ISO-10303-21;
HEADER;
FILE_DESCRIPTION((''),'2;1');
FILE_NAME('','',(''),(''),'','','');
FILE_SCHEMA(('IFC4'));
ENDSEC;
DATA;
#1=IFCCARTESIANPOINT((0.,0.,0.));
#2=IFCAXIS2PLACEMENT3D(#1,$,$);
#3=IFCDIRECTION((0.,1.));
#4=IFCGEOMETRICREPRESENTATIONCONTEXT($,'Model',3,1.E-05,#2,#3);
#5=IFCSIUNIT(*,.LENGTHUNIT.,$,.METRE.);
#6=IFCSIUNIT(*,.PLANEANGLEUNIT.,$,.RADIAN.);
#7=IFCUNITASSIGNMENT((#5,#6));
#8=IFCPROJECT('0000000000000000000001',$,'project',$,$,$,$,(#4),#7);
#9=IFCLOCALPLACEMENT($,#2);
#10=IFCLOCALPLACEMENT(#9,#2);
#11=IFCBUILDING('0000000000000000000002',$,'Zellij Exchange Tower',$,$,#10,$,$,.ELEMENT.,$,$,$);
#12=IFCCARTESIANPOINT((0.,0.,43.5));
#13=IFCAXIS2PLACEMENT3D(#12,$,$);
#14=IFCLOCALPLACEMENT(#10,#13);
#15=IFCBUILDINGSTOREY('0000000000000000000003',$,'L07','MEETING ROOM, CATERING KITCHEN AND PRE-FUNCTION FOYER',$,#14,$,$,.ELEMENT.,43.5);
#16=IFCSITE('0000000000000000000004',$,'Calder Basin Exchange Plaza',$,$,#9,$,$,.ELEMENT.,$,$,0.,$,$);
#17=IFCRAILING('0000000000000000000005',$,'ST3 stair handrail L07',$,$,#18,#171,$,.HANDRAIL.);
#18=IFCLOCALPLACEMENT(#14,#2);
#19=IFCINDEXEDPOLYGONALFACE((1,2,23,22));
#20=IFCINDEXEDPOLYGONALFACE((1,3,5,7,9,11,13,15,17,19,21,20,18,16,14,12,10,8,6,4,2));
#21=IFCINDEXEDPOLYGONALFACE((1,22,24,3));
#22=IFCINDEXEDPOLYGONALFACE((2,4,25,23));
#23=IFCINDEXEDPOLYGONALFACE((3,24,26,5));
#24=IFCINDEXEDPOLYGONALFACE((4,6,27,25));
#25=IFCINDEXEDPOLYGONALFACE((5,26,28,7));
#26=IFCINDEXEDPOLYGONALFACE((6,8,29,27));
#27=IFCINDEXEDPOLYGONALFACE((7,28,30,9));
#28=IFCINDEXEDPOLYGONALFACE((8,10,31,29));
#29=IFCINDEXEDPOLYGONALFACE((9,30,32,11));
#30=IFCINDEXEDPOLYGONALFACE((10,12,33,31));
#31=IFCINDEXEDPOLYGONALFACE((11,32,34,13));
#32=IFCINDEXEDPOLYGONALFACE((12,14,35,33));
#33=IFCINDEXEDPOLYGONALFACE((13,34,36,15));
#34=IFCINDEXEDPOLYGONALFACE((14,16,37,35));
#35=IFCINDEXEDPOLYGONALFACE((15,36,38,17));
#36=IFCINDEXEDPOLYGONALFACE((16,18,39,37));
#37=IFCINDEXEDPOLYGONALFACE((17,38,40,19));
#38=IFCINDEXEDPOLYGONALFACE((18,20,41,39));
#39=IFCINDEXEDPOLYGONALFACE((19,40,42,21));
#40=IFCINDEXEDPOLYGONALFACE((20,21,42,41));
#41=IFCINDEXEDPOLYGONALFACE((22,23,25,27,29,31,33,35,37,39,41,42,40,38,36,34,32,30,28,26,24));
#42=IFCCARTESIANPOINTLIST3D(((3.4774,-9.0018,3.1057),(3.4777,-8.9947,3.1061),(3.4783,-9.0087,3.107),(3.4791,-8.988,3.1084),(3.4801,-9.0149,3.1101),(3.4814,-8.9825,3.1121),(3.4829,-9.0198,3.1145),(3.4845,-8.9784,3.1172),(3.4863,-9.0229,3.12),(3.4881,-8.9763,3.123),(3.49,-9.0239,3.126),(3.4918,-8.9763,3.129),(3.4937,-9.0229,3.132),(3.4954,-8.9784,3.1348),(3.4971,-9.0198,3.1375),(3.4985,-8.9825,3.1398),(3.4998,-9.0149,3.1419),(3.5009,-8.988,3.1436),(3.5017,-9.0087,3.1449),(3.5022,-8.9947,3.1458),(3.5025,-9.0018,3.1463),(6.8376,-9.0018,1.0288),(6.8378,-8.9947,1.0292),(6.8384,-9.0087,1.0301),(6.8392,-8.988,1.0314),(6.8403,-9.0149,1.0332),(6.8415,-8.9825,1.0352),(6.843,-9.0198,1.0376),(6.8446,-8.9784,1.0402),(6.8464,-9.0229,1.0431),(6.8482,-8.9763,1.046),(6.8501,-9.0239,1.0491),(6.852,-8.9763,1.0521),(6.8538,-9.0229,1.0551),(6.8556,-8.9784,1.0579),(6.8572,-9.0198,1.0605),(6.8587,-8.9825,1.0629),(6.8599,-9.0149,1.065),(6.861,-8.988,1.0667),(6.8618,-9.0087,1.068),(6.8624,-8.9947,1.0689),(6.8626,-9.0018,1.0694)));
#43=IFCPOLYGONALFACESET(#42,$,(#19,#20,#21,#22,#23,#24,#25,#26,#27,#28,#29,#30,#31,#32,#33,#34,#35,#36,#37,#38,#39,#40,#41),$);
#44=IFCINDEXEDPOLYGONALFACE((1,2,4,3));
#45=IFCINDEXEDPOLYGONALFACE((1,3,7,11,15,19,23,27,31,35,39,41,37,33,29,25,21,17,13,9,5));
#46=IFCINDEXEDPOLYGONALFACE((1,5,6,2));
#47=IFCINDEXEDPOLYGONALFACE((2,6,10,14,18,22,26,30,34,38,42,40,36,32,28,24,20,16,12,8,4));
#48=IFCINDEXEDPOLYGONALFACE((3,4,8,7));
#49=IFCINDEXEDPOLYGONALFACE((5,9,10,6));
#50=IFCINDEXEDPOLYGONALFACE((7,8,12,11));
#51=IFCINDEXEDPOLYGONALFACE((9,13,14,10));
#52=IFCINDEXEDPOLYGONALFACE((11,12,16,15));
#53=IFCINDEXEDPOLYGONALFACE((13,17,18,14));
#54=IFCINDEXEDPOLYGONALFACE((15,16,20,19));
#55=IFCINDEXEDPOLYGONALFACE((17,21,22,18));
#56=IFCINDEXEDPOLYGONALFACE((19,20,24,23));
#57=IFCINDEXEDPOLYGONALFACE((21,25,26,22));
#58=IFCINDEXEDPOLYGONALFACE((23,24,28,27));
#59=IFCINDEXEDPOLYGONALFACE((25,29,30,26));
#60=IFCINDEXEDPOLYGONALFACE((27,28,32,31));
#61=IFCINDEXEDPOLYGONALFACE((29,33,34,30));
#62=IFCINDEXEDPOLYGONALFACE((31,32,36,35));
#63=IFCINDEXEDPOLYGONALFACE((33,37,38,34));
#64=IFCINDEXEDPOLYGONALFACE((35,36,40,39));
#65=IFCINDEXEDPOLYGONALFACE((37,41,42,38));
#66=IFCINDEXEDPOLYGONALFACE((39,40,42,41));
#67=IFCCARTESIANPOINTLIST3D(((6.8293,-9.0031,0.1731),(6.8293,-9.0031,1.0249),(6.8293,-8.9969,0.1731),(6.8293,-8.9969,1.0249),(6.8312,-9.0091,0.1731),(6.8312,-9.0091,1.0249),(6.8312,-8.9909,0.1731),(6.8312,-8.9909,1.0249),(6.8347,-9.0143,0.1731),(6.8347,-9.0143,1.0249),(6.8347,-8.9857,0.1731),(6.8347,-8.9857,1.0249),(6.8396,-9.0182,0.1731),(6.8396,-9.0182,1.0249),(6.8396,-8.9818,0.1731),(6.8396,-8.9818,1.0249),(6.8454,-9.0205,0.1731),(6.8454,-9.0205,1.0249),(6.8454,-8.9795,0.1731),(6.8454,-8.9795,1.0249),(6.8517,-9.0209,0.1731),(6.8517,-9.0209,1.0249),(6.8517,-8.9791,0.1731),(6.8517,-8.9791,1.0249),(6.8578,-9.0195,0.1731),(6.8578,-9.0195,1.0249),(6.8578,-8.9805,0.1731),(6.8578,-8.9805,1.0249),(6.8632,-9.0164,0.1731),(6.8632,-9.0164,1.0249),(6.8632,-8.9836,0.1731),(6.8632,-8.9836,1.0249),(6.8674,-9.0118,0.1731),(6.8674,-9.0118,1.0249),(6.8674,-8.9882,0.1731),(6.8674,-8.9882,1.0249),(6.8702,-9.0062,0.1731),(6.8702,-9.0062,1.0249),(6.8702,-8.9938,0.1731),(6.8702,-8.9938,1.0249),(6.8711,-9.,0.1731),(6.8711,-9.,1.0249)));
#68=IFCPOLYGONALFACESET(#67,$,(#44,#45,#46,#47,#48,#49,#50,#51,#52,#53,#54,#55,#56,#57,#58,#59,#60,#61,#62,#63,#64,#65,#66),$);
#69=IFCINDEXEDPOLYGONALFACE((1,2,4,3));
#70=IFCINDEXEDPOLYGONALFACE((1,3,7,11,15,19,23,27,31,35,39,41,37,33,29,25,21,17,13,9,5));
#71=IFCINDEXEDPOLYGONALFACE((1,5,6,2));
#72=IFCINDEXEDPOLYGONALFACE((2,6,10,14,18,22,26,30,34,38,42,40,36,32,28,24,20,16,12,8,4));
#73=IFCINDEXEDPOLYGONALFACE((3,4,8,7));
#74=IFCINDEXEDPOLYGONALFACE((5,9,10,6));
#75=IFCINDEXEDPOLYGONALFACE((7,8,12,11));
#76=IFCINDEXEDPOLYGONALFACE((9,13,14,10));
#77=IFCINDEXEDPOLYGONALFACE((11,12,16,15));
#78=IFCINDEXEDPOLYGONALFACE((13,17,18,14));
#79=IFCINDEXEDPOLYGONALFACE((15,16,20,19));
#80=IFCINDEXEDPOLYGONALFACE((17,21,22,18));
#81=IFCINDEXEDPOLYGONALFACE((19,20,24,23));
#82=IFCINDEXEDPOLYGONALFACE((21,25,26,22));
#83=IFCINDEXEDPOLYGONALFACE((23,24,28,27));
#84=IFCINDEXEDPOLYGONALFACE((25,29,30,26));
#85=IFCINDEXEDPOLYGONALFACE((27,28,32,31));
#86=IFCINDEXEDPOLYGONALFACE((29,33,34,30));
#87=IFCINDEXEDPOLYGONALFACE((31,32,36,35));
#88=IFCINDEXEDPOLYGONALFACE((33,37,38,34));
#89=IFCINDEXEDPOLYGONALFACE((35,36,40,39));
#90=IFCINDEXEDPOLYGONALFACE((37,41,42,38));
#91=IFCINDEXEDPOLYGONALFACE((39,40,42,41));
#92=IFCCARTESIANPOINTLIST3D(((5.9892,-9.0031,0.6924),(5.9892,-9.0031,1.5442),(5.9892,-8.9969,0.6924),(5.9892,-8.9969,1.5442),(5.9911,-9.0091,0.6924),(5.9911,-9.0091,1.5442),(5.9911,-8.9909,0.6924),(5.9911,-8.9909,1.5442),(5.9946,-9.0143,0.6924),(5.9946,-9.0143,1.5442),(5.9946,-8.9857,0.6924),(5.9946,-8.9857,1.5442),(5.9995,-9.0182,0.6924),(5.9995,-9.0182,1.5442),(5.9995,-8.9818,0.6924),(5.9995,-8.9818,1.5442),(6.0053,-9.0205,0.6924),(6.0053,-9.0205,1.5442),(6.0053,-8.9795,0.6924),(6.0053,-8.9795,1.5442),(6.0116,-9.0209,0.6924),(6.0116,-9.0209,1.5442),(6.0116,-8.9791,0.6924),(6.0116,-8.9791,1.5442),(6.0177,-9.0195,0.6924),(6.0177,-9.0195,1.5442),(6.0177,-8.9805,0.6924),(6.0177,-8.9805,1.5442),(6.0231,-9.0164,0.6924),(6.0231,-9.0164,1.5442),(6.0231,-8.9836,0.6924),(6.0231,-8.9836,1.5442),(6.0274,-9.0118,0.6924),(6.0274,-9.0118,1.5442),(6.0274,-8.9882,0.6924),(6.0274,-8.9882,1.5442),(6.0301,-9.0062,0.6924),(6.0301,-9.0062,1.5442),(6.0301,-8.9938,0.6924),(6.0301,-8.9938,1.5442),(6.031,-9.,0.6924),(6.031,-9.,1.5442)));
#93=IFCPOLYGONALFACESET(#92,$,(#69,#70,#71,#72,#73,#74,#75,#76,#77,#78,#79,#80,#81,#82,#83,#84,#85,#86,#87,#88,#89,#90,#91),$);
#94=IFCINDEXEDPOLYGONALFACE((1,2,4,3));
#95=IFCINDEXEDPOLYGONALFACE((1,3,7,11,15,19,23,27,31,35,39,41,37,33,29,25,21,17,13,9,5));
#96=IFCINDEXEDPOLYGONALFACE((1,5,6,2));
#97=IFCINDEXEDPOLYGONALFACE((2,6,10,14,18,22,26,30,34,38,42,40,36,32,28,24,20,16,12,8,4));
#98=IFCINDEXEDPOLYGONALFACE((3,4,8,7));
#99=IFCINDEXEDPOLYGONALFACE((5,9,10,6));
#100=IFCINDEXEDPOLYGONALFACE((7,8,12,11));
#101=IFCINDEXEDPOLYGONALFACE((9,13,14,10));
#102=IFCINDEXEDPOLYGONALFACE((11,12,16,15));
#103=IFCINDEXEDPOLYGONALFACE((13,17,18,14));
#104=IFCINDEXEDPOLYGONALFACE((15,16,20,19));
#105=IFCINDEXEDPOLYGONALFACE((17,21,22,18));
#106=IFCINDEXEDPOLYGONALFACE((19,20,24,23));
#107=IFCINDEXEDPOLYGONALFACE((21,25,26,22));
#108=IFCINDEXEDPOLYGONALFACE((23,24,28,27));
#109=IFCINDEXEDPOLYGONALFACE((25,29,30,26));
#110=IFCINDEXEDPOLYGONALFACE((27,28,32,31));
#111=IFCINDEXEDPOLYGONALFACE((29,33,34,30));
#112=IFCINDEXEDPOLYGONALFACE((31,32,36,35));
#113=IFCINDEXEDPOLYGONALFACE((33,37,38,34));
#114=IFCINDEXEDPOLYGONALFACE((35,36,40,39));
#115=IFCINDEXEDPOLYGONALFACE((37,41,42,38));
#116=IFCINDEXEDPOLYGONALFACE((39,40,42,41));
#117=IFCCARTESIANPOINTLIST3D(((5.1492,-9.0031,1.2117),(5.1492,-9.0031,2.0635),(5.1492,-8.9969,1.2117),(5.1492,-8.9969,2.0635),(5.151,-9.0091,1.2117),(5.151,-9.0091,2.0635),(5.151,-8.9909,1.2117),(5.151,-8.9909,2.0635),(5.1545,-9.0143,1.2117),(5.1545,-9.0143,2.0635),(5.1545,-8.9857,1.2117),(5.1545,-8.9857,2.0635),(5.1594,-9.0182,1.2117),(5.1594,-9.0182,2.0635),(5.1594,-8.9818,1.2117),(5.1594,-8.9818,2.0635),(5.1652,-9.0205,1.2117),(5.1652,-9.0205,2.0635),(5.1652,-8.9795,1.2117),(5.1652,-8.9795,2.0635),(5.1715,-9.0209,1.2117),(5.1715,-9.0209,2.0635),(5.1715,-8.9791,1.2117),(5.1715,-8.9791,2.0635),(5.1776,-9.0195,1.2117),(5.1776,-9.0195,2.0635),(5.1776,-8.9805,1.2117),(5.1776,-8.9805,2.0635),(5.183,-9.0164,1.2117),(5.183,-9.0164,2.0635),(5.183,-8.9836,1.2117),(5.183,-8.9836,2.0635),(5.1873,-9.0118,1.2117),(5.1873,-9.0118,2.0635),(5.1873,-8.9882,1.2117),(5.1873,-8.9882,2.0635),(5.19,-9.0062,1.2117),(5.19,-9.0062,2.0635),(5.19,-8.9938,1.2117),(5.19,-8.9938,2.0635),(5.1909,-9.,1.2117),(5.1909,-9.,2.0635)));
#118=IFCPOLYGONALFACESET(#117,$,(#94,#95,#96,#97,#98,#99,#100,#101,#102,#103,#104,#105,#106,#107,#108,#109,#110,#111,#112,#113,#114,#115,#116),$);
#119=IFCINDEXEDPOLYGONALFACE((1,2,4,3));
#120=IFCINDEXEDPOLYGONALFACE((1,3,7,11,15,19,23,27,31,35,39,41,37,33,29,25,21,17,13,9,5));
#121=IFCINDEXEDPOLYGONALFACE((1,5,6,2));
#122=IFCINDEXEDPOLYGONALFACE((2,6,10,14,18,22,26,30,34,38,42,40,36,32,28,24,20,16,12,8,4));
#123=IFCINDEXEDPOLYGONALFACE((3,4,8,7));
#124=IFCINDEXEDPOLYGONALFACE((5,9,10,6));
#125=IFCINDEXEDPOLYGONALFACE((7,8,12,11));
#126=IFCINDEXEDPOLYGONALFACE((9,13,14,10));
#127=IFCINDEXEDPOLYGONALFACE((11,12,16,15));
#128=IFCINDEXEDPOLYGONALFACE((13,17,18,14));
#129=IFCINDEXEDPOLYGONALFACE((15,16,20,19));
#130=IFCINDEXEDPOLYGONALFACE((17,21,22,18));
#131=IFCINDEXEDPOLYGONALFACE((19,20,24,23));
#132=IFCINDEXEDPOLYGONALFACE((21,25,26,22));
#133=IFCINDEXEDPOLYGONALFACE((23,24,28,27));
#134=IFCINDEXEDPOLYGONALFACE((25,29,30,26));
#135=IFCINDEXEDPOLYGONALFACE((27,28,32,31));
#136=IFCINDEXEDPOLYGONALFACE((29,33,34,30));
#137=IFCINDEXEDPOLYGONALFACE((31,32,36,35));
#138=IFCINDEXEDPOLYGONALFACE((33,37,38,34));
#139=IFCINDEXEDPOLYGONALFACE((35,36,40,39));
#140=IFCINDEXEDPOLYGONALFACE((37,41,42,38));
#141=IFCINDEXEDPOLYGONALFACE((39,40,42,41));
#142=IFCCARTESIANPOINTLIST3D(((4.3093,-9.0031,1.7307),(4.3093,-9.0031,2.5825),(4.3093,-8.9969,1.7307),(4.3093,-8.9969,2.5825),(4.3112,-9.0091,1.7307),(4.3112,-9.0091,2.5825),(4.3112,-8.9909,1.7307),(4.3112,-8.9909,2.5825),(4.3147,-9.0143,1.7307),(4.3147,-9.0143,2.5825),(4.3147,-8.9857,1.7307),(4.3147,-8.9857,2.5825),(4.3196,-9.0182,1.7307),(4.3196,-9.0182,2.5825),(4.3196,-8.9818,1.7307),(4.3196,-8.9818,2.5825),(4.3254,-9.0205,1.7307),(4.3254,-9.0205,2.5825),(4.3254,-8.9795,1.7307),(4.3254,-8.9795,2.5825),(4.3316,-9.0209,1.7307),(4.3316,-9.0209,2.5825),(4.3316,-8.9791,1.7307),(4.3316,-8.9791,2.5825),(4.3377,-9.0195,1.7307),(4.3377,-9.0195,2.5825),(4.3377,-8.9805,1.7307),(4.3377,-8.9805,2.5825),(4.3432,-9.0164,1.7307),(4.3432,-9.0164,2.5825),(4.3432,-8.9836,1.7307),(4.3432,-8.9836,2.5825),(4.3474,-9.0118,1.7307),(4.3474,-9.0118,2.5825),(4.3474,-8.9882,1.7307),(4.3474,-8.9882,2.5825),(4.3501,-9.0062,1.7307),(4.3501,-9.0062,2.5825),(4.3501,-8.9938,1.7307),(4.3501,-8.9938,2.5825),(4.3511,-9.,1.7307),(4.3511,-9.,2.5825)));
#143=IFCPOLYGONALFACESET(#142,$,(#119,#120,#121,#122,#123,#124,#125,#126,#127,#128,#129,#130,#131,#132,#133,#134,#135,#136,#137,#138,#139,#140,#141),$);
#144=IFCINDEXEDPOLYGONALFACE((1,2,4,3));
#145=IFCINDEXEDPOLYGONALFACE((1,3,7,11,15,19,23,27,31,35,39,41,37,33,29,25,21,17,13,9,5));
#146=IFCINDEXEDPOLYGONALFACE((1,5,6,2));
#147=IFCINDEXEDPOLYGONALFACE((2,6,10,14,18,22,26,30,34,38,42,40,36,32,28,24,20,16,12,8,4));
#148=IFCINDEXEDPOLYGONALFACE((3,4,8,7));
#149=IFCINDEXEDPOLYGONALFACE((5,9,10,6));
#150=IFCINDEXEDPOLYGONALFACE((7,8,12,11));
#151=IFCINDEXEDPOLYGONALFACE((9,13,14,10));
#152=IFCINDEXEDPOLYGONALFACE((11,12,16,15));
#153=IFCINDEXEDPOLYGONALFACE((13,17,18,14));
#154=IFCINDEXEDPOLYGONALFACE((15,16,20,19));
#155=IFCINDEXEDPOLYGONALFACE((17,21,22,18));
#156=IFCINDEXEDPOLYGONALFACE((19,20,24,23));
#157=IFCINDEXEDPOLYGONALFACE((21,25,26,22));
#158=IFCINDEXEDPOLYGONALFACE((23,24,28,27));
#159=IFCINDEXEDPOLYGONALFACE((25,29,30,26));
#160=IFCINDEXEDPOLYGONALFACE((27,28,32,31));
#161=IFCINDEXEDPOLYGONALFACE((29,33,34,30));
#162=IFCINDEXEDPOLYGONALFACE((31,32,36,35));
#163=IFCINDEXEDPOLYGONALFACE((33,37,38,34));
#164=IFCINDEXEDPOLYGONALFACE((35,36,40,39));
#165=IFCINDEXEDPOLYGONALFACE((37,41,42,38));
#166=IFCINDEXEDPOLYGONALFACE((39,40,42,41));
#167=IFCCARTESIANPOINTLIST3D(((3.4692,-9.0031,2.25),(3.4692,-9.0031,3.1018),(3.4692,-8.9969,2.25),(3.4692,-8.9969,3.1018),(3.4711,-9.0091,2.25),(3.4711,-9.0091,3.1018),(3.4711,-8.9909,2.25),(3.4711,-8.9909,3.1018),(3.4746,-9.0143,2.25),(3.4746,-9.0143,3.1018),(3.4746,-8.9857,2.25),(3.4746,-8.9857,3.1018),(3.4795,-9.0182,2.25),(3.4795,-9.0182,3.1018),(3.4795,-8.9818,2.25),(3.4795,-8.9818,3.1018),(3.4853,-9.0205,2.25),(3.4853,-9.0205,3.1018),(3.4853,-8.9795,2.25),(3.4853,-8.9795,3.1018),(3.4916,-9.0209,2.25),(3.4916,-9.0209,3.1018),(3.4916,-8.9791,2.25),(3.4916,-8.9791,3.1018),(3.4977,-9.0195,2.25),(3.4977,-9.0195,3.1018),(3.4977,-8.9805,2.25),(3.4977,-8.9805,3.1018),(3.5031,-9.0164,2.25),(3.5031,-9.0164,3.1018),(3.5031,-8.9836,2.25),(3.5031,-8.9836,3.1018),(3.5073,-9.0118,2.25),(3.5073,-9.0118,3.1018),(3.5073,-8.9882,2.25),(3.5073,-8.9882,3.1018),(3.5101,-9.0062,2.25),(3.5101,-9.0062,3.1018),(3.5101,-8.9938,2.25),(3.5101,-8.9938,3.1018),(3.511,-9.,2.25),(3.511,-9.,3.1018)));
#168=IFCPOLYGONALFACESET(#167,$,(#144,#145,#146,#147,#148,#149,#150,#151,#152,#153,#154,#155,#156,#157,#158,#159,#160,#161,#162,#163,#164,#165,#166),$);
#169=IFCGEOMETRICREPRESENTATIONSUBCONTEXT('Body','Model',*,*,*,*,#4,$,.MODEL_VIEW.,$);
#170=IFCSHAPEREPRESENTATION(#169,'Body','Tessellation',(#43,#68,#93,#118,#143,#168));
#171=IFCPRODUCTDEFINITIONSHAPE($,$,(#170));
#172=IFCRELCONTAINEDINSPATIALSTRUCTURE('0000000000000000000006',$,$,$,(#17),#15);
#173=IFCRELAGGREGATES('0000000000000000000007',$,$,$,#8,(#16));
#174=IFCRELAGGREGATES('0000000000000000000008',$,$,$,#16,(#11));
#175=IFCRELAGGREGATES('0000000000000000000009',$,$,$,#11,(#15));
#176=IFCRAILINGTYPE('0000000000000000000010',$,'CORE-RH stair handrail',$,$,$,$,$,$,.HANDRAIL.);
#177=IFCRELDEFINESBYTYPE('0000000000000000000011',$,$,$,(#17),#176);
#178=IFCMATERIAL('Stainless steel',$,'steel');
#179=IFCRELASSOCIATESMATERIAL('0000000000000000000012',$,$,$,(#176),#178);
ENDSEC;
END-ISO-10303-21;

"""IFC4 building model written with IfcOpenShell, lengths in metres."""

from ifc_helpers import new_model, si_unit, direction, frame, origin, origin_2d, place, context, subcontext, project, spatial, circle, extrude, material, type_object, element, save


model = new_model("IFC4")

# Units and contexts
model_context = context("Model", 3, precision=1e-05, world=origin(), true_north=direction((0.0, 1.0)))
body_context = subcontext(model_context, "Body", "Model", "MODEL_VIEW")
ifc_project = project(units=[si_unit("LENGTHUNIT", "METRE"), si_unit("PLANEANGLEUNIT", "RADIAN")], contexts=[model_context])

# Site, building, storey
site_placement = place(None, origin())
site = spatial("IfcSite", under=ifc_project, at=site_placement, Name="Calder Basin Exchange Plaza", CompositionType="ELEMENT", RefElevation=0.0)
building_placement = place(site_placement, origin())
building = spatial("IfcBuilding", under=site, at=building_placement, Name="Zellij Exchange Tower", CompositionType="ELEMENT")
storey_placement = place(building_placement, frame((0.0, 0.0, 43.5)))
storey = spatial("IfcBuildingStorey", under=building, at=storey_placement, Name="L07", Description="MEETING ROOM, CATERING KITCHEN AND PRE-FUNCTION FOYER", CompositionType="ELEMENT", Elevation=43.5)

# Railing
ifc_material_1 = material(Name="Stainless steel", Category="steel")
railing_type = type_object("IfcRailingType", Name="CORE-RH stair handrail", PredefinedType="HANDRAIL", material=ifc_material_1)
railing_placement = place(storey_placement, frame((6.8501, -9.0, 0.1731)))
element("IfcRailing", 1, at=railing_placement, inside=storey, type_object=railing_type, Name="ST3 stair handrail L07", PredefinedType="HANDRAIL", context=body_context, shape_type="SweptSolid", body=[
    extrude(circle(Radius=0.0239, at=origin_2d()), frame((0.0, 0.0, 0.876), z_axis=(-0.850623, 0.0, 0.525776), x_axis=(0.0, -1.0, 0.0)), (0.0, 0.0, 1.0), 3.9502),
    extrude(circle(Radius=0.021, at=origin_2d()), origin(), (0.0, 0.0, 1.0), 0.8518),
    extrude(circle(Radius=0.021, at=origin_2d()), frame((-0.8401, 0.0, 0.5193)), (0.0, 0.0, 1.0), 0.8518),
    extrude(circle(Radius=0.021, at=origin_2d()), frame((-1.6802, 0.0, 1.0386)), (0.0, 0.0, 1.0), 0.8518),
    extrude(circle(Radius=0.021, at=origin_2d()), frame((-2.52, 0.0, 1.5576)), (0.0, 0.0, 1.0), 0.8518),
    extrude(circle(Radius=0.021, at=origin_2d()), frame((-3.3601, 0.0, 2.0769)), (0.0, 0.0, 1.0), 0.8518),
])

save(model, "model.ifc")
